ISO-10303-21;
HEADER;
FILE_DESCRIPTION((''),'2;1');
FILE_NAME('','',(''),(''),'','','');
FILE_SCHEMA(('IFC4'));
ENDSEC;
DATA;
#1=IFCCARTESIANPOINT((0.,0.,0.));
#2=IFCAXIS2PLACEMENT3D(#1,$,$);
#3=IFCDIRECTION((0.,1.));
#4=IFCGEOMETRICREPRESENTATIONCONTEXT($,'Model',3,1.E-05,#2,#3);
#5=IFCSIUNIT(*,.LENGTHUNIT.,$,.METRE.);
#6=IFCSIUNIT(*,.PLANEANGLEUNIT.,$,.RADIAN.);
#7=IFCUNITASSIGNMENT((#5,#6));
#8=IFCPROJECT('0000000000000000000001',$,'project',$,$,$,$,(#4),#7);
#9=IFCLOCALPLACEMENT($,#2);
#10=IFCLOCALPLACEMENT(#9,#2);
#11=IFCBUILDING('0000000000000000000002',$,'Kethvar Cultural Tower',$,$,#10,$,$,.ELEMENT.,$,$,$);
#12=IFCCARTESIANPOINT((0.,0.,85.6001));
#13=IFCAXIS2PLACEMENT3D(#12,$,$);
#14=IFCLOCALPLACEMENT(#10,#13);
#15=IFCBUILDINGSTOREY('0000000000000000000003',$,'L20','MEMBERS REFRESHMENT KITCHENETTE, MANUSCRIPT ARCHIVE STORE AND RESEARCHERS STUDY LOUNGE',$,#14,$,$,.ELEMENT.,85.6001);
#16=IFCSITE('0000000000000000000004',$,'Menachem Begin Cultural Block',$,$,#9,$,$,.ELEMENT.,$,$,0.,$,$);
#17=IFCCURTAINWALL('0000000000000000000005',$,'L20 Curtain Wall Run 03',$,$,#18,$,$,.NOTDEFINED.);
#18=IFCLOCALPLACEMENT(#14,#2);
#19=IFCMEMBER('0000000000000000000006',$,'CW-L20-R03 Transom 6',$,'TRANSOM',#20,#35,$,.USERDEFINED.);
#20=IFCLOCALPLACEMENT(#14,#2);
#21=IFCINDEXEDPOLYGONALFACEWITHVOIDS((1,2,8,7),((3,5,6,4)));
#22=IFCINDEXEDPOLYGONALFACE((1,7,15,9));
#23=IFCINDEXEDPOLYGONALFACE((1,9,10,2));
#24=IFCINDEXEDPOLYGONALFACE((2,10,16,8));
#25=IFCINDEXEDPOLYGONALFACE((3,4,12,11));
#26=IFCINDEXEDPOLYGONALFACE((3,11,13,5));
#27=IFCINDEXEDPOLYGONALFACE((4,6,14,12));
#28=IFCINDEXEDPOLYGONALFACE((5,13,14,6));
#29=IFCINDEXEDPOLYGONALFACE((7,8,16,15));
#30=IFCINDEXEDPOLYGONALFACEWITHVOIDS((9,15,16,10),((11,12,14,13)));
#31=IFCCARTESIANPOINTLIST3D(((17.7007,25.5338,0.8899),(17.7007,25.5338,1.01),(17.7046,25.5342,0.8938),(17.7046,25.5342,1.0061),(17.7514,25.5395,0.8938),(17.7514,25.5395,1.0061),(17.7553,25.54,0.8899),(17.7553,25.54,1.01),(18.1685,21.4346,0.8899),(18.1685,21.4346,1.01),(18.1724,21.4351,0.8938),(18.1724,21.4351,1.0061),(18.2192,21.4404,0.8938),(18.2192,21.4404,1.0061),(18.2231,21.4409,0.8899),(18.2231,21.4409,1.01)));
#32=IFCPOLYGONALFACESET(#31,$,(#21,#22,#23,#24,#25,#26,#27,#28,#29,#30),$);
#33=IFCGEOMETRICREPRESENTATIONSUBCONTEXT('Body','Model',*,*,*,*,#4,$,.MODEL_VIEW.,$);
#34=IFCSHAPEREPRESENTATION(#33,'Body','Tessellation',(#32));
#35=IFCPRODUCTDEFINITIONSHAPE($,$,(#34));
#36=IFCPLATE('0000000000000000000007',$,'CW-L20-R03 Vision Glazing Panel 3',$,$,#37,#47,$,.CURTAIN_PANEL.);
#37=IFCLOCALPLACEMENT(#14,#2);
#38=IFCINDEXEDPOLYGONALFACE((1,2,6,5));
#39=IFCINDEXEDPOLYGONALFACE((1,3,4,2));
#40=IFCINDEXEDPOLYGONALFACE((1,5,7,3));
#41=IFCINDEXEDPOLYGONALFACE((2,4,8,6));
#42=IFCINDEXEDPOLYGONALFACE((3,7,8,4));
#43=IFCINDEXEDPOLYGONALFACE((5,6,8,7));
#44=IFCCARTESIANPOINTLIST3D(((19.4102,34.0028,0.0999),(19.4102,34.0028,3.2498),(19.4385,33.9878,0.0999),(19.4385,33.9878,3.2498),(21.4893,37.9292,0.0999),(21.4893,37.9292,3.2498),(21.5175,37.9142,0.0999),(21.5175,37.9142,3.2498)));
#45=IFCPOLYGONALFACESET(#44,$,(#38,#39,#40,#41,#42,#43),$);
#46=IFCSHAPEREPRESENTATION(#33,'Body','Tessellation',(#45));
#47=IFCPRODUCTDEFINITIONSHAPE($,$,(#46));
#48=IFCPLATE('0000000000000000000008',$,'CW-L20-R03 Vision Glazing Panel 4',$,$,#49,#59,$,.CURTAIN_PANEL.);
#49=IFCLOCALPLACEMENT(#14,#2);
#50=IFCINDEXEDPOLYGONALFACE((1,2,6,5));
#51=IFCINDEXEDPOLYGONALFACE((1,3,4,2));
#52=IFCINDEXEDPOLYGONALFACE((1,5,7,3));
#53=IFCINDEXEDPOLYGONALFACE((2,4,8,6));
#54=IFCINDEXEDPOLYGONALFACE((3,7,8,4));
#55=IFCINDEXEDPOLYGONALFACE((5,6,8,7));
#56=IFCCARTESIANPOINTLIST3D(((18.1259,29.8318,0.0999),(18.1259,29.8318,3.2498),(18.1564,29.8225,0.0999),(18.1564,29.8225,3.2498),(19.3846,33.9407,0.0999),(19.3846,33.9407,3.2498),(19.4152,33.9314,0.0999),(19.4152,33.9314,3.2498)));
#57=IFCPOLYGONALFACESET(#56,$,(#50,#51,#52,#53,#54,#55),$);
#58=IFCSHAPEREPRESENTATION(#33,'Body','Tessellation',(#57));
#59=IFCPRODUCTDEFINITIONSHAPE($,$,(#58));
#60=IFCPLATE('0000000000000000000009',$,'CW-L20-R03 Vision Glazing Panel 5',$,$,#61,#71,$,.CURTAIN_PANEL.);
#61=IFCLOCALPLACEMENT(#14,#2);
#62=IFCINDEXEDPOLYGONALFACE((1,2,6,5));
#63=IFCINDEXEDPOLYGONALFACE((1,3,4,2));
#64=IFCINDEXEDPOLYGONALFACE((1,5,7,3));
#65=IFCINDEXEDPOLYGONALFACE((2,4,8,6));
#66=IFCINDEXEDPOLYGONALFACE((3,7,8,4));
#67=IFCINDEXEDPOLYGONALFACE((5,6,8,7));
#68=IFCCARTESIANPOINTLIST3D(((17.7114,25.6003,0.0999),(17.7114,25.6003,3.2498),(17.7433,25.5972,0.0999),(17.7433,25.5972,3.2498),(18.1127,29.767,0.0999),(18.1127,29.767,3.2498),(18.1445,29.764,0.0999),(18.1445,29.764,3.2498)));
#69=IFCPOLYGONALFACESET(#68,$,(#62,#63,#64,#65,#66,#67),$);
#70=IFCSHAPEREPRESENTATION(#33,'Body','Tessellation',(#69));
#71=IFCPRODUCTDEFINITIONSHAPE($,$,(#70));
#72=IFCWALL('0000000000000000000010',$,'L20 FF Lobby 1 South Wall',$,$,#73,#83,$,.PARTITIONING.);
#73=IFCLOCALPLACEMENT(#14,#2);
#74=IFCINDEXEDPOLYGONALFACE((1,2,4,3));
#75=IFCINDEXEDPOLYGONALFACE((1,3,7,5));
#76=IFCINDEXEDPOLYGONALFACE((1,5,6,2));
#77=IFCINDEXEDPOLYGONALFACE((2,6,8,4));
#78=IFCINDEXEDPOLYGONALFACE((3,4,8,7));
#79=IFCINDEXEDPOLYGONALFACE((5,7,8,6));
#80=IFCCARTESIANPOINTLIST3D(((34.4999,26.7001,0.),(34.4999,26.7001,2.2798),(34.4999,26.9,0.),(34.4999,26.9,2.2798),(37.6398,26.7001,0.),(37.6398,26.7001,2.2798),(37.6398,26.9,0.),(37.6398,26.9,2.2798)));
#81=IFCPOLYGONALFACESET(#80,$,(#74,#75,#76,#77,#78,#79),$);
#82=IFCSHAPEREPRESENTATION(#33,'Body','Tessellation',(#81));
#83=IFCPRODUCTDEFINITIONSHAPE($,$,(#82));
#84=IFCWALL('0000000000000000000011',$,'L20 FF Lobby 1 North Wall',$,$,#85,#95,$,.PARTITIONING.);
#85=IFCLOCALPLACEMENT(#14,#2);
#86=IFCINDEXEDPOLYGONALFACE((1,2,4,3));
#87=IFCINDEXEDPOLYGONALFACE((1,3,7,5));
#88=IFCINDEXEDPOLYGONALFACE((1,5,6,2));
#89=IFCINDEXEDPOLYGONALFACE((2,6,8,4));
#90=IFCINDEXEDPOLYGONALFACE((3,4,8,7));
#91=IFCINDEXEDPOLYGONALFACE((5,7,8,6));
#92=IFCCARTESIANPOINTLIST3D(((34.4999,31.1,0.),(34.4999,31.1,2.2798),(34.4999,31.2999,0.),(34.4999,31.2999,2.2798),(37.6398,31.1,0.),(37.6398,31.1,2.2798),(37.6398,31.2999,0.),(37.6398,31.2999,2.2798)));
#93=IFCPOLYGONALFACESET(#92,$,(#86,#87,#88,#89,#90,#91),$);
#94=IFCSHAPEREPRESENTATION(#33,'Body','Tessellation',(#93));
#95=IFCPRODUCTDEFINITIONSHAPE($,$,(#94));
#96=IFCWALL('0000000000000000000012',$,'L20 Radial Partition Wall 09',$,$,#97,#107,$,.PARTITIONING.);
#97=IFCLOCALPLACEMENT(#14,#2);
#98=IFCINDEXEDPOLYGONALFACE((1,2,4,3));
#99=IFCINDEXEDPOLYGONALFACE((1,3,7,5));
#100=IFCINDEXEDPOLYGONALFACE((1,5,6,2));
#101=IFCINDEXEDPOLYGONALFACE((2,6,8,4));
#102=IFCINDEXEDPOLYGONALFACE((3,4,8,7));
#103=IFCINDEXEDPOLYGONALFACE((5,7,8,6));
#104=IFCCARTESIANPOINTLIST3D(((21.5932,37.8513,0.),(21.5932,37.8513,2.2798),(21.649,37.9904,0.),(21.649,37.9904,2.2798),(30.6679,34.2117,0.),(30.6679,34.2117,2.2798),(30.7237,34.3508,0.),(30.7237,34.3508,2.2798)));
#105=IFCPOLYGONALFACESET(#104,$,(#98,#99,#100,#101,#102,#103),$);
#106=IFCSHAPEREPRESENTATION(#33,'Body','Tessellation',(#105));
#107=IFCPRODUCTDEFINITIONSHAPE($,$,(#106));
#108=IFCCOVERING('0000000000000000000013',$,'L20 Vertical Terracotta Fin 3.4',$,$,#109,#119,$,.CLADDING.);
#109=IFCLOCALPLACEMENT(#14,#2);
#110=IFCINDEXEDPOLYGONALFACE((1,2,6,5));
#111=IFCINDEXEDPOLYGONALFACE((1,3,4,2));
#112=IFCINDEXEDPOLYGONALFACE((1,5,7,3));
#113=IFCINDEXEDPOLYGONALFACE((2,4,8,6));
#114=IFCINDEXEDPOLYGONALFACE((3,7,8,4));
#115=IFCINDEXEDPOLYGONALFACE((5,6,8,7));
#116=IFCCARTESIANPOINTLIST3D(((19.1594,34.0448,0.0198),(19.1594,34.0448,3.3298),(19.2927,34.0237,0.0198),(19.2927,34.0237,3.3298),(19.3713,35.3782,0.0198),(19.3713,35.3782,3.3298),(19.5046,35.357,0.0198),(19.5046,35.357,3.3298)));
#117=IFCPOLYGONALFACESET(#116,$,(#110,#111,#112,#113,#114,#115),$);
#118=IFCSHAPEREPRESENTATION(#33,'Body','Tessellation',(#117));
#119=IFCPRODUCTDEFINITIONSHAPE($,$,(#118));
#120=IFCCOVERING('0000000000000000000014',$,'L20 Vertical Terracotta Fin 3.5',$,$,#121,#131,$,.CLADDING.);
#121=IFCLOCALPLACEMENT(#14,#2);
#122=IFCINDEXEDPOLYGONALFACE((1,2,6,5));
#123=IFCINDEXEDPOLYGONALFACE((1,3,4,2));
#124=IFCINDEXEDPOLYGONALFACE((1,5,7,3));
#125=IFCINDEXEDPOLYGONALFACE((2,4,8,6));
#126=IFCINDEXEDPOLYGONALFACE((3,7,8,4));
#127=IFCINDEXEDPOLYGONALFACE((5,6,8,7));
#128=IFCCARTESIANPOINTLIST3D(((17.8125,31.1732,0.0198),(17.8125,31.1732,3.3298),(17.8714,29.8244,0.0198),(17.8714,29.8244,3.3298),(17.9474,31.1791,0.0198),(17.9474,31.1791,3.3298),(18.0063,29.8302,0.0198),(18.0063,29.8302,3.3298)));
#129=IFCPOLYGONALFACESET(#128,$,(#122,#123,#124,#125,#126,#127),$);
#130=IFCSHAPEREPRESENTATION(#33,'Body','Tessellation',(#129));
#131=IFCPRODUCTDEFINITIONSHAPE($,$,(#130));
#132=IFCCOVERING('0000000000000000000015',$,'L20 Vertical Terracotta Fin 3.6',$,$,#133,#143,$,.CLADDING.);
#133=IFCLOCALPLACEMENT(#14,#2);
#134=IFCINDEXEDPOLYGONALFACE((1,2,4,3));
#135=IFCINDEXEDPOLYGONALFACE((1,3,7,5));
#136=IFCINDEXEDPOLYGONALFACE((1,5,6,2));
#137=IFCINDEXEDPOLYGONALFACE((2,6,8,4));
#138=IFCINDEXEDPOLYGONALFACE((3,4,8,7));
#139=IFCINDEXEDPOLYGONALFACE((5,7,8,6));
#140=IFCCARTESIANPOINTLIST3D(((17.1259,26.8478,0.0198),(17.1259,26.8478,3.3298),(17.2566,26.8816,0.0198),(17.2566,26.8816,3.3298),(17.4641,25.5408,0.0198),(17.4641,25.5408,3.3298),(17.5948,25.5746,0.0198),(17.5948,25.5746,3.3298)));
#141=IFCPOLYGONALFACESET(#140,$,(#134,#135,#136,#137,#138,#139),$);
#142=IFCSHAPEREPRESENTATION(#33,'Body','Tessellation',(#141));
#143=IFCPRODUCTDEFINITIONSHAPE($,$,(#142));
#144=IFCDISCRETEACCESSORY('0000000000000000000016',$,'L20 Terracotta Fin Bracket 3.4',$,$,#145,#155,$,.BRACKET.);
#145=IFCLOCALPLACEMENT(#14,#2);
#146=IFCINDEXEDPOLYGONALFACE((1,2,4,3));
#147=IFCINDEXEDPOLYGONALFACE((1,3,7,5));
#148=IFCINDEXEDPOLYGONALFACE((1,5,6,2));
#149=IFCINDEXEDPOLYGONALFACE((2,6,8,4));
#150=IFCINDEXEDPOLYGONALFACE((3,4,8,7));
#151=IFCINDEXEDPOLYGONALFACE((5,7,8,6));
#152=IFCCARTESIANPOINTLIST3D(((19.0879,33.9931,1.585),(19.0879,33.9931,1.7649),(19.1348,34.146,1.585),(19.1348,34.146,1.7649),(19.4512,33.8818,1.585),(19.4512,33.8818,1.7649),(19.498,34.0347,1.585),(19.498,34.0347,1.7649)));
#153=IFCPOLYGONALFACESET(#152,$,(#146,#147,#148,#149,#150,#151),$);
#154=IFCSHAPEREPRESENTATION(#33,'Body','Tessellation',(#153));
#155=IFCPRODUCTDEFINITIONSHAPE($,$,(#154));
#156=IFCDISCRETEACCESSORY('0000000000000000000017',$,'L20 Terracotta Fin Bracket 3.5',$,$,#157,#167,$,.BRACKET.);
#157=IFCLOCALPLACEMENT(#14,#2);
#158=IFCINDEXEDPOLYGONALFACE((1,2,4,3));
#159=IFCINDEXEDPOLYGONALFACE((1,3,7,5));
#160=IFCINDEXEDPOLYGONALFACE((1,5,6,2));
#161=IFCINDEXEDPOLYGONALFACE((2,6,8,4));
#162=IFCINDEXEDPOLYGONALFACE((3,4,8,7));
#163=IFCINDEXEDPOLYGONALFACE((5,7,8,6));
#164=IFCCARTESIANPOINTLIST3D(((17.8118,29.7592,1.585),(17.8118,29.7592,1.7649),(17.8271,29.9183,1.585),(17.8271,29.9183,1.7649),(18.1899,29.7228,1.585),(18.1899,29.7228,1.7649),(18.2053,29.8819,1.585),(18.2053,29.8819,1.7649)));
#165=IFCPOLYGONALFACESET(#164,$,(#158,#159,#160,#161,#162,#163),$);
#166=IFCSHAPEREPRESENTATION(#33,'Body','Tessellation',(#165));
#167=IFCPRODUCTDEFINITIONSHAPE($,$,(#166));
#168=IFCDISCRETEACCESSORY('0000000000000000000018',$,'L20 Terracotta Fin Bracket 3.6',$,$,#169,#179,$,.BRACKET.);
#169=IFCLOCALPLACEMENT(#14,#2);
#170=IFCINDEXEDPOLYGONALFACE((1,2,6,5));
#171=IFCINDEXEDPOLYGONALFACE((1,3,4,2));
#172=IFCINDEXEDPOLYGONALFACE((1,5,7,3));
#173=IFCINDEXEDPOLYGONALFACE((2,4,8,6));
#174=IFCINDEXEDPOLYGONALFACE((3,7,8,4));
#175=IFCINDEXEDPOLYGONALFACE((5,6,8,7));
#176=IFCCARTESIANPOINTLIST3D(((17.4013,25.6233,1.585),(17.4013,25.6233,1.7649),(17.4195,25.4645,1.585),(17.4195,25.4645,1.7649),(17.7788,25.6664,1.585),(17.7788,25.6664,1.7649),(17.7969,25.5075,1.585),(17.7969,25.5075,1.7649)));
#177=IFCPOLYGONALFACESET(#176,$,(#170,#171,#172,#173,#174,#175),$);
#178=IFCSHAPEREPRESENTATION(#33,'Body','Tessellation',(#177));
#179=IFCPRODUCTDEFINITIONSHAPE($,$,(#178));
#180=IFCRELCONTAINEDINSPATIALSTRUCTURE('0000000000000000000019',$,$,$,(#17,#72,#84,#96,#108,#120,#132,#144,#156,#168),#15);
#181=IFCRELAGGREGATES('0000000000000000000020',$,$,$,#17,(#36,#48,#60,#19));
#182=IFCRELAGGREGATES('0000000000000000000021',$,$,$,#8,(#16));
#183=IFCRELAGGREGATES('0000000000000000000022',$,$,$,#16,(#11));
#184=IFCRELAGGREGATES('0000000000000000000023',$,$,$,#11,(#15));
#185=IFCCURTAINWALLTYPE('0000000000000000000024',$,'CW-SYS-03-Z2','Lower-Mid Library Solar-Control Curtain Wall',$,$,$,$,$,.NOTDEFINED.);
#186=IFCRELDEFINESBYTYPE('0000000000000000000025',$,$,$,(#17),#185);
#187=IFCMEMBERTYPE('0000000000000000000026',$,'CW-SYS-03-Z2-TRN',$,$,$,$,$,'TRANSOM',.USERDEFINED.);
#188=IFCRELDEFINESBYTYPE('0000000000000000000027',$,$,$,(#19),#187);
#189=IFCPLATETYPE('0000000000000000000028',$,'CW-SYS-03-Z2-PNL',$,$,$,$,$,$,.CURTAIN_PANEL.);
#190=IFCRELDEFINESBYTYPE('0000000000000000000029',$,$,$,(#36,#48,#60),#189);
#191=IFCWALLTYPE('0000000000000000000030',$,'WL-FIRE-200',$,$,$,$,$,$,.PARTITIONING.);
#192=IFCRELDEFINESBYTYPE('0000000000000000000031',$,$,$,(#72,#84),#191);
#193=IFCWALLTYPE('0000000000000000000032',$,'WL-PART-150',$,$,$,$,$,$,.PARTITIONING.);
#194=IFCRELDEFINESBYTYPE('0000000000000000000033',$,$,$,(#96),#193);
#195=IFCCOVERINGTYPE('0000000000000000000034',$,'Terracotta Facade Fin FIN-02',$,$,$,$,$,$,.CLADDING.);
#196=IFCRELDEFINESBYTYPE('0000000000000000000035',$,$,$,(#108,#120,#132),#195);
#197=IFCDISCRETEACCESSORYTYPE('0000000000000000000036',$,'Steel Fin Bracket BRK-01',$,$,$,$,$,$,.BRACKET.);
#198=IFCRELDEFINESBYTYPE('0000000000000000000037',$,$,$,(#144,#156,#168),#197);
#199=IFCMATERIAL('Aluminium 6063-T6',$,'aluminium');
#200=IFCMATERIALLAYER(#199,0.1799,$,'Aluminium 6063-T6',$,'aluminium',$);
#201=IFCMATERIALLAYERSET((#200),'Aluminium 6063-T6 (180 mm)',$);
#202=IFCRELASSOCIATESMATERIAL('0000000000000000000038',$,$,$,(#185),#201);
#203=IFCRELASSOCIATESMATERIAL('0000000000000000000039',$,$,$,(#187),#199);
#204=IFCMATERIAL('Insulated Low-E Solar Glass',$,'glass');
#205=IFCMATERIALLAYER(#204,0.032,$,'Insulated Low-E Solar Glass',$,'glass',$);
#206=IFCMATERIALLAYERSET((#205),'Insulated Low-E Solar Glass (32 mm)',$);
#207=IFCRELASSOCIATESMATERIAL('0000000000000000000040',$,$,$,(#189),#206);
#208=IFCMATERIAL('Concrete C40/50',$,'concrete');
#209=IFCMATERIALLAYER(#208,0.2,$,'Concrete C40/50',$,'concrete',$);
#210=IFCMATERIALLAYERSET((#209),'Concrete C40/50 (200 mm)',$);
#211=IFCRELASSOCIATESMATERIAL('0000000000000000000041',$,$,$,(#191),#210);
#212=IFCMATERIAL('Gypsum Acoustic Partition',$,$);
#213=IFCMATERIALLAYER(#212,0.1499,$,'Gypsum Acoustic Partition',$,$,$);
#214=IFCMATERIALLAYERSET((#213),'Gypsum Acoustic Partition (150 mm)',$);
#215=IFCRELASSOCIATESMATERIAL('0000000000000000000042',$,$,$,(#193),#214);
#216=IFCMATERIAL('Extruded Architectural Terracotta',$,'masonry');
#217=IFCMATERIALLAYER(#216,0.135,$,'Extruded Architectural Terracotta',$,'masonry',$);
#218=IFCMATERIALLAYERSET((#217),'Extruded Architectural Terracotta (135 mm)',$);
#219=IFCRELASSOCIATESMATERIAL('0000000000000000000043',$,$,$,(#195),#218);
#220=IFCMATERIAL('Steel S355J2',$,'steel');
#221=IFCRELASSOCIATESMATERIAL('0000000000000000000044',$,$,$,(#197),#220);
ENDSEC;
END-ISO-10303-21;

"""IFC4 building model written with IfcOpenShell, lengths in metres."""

from ifc_helpers import new_model, si_unit, direction, frame, frame_2d, origin, origin_2d, place, context, subcontext, project, spatial, rectangle, hollow_rectangle, extrude, source, transform, mapped, material, layer, layer_set, material_profile, profile_set, type_object, element, aggregate, save


model = new_model("IFC4")

# Units and contexts
model_context = context("Model", 3, precision=1e-05, world=origin(), true_north=direction((0.0, 1.0)))
body_context = subcontext(model_context, "Body", "Model", "MODEL_VIEW")
ifc_project = project(units=[si_unit("LENGTHUNIT", "METRE"), si_unit("PLANEANGLEUNIT", "RADIAN")], contexts=[model_context])

# Site, building, storey
site_placement = place(None, origin())
site = spatial("IfcSite", under=ifc_project, at=site_placement, Name="Menachem Begin Cultural Block", CompositionType="ELEMENT", RefElevation=0.0)
building_placement = place(site_placement, origin())
building = spatial("IfcBuilding", under=site, at=building_placement, Name="Kethvar Cultural Tower", CompositionType="ELEMENT")
storey_placement = place(building_placement, frame((0.0, 0.0, 85.6001)))
storey = spatial("IfcBuildingStorey", under=building, at=storey_placement, Name="L20", Description="MEMBERS REFRESHMENT KITCHENETTE, MANUSCRIPT ARCHIVE STORE AND RESEARCHERS STUDY LOUNGE", CompositionType="ELEMENT", Elevation=85.6001)

# Shared definitions
ifc_material_1 = material(Name="Steel S355J2", Category="steel")

# Curtain wall, member, plates
ifc_material_2 = material(Name="Aluminium 6063-T6", Category="aluminium")
ifc_layer_1 = layer(ifc_material_2, 0.1799, Name="Aluminium 6063-T6", Category="aluminium")
ifc_layer_set_1 = layer_set([ifc_layer_1], Name="Aluminium 6063-T6 (180 mm)")
curtain_wall_type = type_object("IfcCurtainWallType", Name="CW-SYS-03-Z2", Description="Lower-Mid Library Solar-Control Curtain Wall", PredefinedType="NOTDEFINED", material=ifc_layer_set_1)
curtain_wall_placement = place(storey_placement, origin())
curtain_wall = element("IfcCurtainWall", 1, at=curtain_wall_placement, inside=storey, type_object=curtain_wall_type, Name="L20 Curtain Wall Run 03", PredefinedType="NOTDEFINED")
ifc_material_profile_1 = material_profile(ifc_material_2, hollow_rectangle(XDim=0.0549, YDim=0.1201, WallThickness=0.0039, at=origin_2d()), Name="Aluminium 6063-T6 — RHS120x55x4")
ifc_profile_set_1 = profile_set([ifc_material_profile_1], Name="Aluminium 6063-T6 — RHS120x55x4")
member_type_1 = type_object("IfcMemberType", Name="CW-SYS-03-Z2-TRN", ElementType="TRANSOM", PredefinedType="USERDEFINED", material=ifc_profile_set_1)
shared_shape_1 = source(origin(), body_context, "Body", "SweptSolid", [
    extrude(hollow_rectangle(XDim=0.0549, YDim=0.1201, WallThickness=0.0039, at=origin_2d()), origin(), (0.0, 0.0, 1.0), 4.1257),
])
member_1_placement = place(storey_placement, frame((17.728, 25.5369, 0.95), z_axis=(0.11338, -0.993552, 0.0), x_axis=(0.993552, 0.11338, 0.0)))
member_1 = element("IfcMember", 2, at=member_1_placement, type_object=member_type_1, Name="CW-L20-R03 Transom 6", ObjectType="TRANSOM", PredefinedType="USERDEFINED", context=body_context, shape_type="MappedRepresentation", body=[
    mapped(shared_shape_1, transform((0.0, 0.0, 0.0), scale=1.0)),
])
ifc_material_3 = material(Name="Insulated Low-E Solar Glass", Category="glass")
ifc_layer_2 = layer(ifc_material_3, 0.032, Name="Insulated Low-E Solar Glass", Category="glass")
ifc_layer_set_2 = layer_set([ifc_layer_2], Name="Insulated Low-E Solar Glass (32 mm)")
plate_type = type_object("IfcPlateType", Name="CW-SYS-03-Z2-PNL", PredefinedType="CURTAIN_PANEL", material=ifc_layer_set_2)
shared_shape_2 = source(origin(), body_context, "Body", "SweptSolid", [
    extrude(rectangle(XDim=4.4429, YDim=0.032, at=origin_2d()), origin(), (0.0, 0.0, 1.0), 3.1499),
])
plate_1_placement = place(storey_placement, frame((20.4639, 35.9585, 0.0999), z_axis=(0.0, 0.0, 1.0), x_axis=(-0.467961, -0.883749, 0.0)))
plate_1 = element("IfcPlate", 3, at=plate_1_placement, type_object=plate_type, Name="CW-L20-R03 Vision Glazing Panel 3", PredefinedType="CURTAIN_PANEL", context=body_context, shape_type="MappedRepresentation", body=[
    mapped(shared_shape_2, transform((0.0, 0.0, 0.0), scale=1.0)),
])
shared_shape_3 = source(origin(), body_context, "Body", "SweptSolid", [
    extrude(rectangle(XDim=4.2974, YDim=0.032, at=origin_2d()), origin(), (0.0, 0.0, 1.0), 3.1499),
])
plate_2_placement = place(storey_placement, frame((18.7705, 31.8816, 0.0999), z_axis=(0.0, 0.0, 1.0), x_axis=(-0.292906, -0.956141, 0.0)))
plate_2 = element("IfcPlate", 4, at=plate_2_placement, type_object=plate_type, Name="CW-L20-R03 Vision Glazing Panel 4", PredefinedType="CURTAIN_PANEL", context=body_context, shape_type="MappedRepresentation", body=[
    mapped(shared_shape_3, transform((0.0, 0.0, 0.0), scale=1.0)),
])
shared_shape_4 = source(origin(), body_context, "Body", "SweptSolid", [
    extrude(rectangle(XDim=4.186, YDim=0.032, at=origin_2d()), origin(), (0.0, 0.0, 1.0), 3.1499),
])
plate_3_placement = place(storey_placement, frame((17.928, 27.6821, 0.0999), z_axis=(0.0, 0.0, 1.0), x_axis=(-0.095863, -0.995395, 0.0)))
plate_3 = element("IfcPlate", 5, at=plate_3_placement, type_object=plate_type, Name="CW-L20-R03 Vision Glazing Panel 5", PredefinedType="CURTAIN_PANEL", context=body_context, shape_type="MappedRepresentation", body=[
    mapped(shared_shape_4, transform((0.0, 0.0, 0.0), scale=1.0)),
])
aggregate(curtain_wall, [plate_1, plate_2, plate_3, member_1])

# Shared definitions
ifc_material_4 = material(Name="Concrete C40/50", Category="concrete")
ifc_layer_3 = layer(ifc_material_4, 0.2, Name="Concrete C40/50", Category="concrete")
ifc_layer_set_3 = layer_set([ifc_layer_3], Name="Concrete C40/50 (200 mm)")
wall_type_1 = type_object("IfcWallType", Name="WL-FIRE-200", PredefinedType="PARTITIONING", material=ifc_layer_set_3)

# Walls
for number, where, z_axis, x_axis, name in (
    (6, (34.5, 26.8, 0.0), (0.0, 0.0, 1.0), (1.0, 0.0, 0.0), "L20 FF Lobby 1 South Wall"),
    (7, (34.5, 31.2, 0.0), (0.0, 0.0, 1.0), (1.0, 0.0, 0.0), "L20 FF Lobby 1 North Wall"),
):
    element("IfcWall", number, at=place(storey_placement, frame(where, z_axis=z_axis, x_axis=x_axis)), inside=storey, type_object=wall_type_1, Name=name, PredefinedType="PARTITIONING", context=body_context, shape_type="SweptSolid", body=[
        extrude(rectangle(XDim=3.1399, YDim=0.2, at=frame_2d((1.5698, 0.0))), origin(), (0.0, 0.0, 1.0), 2.2798),
    ])
ifc_material_5 = material(Name="Gypsum Acoustic Partition")
ifc_layer_4 = layer(ifc_material_5, 0.1499, Name="Gypsum Acoustic Partition")
ifc_layer_set_4 = layer_set([ifc_layer_4], Name="Gypsum Acoustic Partition (150 mm)")
wall_type_2 = type_object("IfcWallType", Name="WL-PART-150", PredefinedType="PARTITIONING", material=ifc_layer_set_4)
wall_1_placement = place(storey_placement, frame((30.6958, 34.2812, 0.0), z_axis=(0.0, 0.0, 1.0), x_axis=(-0.928132, 0.372252, 0.0)))
element("IfcWall", 8, at=wall_1_placement, inside=storey, type_object=wall_type_2, Name="L20 Radial Partition Wall 09", PredefinedType="PARTITIONING", context=body_context, shape_type="SweptSolid", body=[
    extrude(rectangle(XDim=9.7773, YDim=0.1499, at=frame_2d((4.8887, 0.0))), origin(), (0.0, 0.0, 1.0), 2.2798),
])

# Coverings
ifc_material_6 = material(Name="Extruded Architectural Terracotta", Category="masonry")
ifc_layer_5 = layer(ifc_material_6, 0.135, Name="Extruded Architectural Terracotta", Category="masonry")
ifc_layer_set_5 = layer_set([ifc_layer_5], Name="Extruded Architectural Terracotta (135 mm)")
covering_type = type_object("IfcCoveringType", Name="Terracotta Facade Fin FIN-02", PredefinedType="CLADDING", material=ifc_layer_set_5)
shared_shape_5 = source(origin(), body_context, "Body", "SweptSolid", [
    extrude(rectangle(XDim=1.3501, YDim=0.135, at=origin_2d()), origin(), (0.0, 0.0, 1.0), 3.3101),
])
for number, where, z_axis, x_axis, name in (
    (9, (19.332, 34.7009, 0.0198), (0.0, 0.0, 1.0), (0.156952, 0.987606, 0.0), "L20 Vertical Terracotta Fin 3.4"),
    (10, (17.9094, 30.5017, 0.0198), (0.0, 0.0, 1.0), (-0.043619, 0.999048, 0.0), "L20 Vertical Terracotta Fin 3.5"),
    (11, (17.3604, 26.2112, 0.0198), (0.0, 0.0, 1.0), (-0.250549, 0.968104, 0.0), "L20 Vertical Terracotta Fin 3.6"),
):
    element("IfcCovering", number, at=place(storey_placement, frame(where, z_axis=z_axis, x_axis=x_axis)), inside=storey, type_object=covering_type, Name=name, PredefinedType="CLADDING", context=body_context, shape_type="MappedRepresentation", body=[
        mapped(shared_shape_5, transform((0.0, 0.0, 0.0), scale=1.0)),
    ])

# Discrete accessories
discrete_accessory_type = type_object("IfcDiscreteAccessoryType", Name="Steel Fin Bracket BRK-01", PredefinedType="BRACKET", material=ifc_material_1)
shared_shape_6 = source(origin(), body_context, "Body", "SweptSolid", [
    extrude(rectangle(XDim=0.3799, YDim=0.1599, at=origin_2d()), origin(), (0.0, 0.0, 1.0), 0.1799),
])
for number, where, z_axis, x_axis, name in (
    (12, (19.293, 34.0139, 1.585), (0.0, 0.0, 1.0), (-0.956152, 0.292872, 0.0), "L20 Terracotta Fin Bracket 3.4"),
    (13, (18.0085, 29.8206, 1.585), (0.0, 0.0, 1.0), (-0.995396, 0.095846, 0.0), "L20 Terracotta Fin Bracket 3.5"),
    (14, (17.5991, 25.5654, 1.585), (0.0, 0.0, 1.0), (-0.993552, -0.113377, 0.0), "L20 Terracotta Fin Bracket 3.6"),
):
    element("IfcDiscreteAccessory", number, at=place(storey_placement, frame(where, z_axis=z_axis, x_axis=x_axis)), inside=storey, type_object=discrete_accessory_type, Name=name, PredefinedType="BRACKET", context=body_context, shape_type="MappedRepresentation", body=[
        mapped(shared_shape_6, transform((0.0, 0.0, 0.0), scale=1.0)),
    ])

save(model, "model.ifc")
